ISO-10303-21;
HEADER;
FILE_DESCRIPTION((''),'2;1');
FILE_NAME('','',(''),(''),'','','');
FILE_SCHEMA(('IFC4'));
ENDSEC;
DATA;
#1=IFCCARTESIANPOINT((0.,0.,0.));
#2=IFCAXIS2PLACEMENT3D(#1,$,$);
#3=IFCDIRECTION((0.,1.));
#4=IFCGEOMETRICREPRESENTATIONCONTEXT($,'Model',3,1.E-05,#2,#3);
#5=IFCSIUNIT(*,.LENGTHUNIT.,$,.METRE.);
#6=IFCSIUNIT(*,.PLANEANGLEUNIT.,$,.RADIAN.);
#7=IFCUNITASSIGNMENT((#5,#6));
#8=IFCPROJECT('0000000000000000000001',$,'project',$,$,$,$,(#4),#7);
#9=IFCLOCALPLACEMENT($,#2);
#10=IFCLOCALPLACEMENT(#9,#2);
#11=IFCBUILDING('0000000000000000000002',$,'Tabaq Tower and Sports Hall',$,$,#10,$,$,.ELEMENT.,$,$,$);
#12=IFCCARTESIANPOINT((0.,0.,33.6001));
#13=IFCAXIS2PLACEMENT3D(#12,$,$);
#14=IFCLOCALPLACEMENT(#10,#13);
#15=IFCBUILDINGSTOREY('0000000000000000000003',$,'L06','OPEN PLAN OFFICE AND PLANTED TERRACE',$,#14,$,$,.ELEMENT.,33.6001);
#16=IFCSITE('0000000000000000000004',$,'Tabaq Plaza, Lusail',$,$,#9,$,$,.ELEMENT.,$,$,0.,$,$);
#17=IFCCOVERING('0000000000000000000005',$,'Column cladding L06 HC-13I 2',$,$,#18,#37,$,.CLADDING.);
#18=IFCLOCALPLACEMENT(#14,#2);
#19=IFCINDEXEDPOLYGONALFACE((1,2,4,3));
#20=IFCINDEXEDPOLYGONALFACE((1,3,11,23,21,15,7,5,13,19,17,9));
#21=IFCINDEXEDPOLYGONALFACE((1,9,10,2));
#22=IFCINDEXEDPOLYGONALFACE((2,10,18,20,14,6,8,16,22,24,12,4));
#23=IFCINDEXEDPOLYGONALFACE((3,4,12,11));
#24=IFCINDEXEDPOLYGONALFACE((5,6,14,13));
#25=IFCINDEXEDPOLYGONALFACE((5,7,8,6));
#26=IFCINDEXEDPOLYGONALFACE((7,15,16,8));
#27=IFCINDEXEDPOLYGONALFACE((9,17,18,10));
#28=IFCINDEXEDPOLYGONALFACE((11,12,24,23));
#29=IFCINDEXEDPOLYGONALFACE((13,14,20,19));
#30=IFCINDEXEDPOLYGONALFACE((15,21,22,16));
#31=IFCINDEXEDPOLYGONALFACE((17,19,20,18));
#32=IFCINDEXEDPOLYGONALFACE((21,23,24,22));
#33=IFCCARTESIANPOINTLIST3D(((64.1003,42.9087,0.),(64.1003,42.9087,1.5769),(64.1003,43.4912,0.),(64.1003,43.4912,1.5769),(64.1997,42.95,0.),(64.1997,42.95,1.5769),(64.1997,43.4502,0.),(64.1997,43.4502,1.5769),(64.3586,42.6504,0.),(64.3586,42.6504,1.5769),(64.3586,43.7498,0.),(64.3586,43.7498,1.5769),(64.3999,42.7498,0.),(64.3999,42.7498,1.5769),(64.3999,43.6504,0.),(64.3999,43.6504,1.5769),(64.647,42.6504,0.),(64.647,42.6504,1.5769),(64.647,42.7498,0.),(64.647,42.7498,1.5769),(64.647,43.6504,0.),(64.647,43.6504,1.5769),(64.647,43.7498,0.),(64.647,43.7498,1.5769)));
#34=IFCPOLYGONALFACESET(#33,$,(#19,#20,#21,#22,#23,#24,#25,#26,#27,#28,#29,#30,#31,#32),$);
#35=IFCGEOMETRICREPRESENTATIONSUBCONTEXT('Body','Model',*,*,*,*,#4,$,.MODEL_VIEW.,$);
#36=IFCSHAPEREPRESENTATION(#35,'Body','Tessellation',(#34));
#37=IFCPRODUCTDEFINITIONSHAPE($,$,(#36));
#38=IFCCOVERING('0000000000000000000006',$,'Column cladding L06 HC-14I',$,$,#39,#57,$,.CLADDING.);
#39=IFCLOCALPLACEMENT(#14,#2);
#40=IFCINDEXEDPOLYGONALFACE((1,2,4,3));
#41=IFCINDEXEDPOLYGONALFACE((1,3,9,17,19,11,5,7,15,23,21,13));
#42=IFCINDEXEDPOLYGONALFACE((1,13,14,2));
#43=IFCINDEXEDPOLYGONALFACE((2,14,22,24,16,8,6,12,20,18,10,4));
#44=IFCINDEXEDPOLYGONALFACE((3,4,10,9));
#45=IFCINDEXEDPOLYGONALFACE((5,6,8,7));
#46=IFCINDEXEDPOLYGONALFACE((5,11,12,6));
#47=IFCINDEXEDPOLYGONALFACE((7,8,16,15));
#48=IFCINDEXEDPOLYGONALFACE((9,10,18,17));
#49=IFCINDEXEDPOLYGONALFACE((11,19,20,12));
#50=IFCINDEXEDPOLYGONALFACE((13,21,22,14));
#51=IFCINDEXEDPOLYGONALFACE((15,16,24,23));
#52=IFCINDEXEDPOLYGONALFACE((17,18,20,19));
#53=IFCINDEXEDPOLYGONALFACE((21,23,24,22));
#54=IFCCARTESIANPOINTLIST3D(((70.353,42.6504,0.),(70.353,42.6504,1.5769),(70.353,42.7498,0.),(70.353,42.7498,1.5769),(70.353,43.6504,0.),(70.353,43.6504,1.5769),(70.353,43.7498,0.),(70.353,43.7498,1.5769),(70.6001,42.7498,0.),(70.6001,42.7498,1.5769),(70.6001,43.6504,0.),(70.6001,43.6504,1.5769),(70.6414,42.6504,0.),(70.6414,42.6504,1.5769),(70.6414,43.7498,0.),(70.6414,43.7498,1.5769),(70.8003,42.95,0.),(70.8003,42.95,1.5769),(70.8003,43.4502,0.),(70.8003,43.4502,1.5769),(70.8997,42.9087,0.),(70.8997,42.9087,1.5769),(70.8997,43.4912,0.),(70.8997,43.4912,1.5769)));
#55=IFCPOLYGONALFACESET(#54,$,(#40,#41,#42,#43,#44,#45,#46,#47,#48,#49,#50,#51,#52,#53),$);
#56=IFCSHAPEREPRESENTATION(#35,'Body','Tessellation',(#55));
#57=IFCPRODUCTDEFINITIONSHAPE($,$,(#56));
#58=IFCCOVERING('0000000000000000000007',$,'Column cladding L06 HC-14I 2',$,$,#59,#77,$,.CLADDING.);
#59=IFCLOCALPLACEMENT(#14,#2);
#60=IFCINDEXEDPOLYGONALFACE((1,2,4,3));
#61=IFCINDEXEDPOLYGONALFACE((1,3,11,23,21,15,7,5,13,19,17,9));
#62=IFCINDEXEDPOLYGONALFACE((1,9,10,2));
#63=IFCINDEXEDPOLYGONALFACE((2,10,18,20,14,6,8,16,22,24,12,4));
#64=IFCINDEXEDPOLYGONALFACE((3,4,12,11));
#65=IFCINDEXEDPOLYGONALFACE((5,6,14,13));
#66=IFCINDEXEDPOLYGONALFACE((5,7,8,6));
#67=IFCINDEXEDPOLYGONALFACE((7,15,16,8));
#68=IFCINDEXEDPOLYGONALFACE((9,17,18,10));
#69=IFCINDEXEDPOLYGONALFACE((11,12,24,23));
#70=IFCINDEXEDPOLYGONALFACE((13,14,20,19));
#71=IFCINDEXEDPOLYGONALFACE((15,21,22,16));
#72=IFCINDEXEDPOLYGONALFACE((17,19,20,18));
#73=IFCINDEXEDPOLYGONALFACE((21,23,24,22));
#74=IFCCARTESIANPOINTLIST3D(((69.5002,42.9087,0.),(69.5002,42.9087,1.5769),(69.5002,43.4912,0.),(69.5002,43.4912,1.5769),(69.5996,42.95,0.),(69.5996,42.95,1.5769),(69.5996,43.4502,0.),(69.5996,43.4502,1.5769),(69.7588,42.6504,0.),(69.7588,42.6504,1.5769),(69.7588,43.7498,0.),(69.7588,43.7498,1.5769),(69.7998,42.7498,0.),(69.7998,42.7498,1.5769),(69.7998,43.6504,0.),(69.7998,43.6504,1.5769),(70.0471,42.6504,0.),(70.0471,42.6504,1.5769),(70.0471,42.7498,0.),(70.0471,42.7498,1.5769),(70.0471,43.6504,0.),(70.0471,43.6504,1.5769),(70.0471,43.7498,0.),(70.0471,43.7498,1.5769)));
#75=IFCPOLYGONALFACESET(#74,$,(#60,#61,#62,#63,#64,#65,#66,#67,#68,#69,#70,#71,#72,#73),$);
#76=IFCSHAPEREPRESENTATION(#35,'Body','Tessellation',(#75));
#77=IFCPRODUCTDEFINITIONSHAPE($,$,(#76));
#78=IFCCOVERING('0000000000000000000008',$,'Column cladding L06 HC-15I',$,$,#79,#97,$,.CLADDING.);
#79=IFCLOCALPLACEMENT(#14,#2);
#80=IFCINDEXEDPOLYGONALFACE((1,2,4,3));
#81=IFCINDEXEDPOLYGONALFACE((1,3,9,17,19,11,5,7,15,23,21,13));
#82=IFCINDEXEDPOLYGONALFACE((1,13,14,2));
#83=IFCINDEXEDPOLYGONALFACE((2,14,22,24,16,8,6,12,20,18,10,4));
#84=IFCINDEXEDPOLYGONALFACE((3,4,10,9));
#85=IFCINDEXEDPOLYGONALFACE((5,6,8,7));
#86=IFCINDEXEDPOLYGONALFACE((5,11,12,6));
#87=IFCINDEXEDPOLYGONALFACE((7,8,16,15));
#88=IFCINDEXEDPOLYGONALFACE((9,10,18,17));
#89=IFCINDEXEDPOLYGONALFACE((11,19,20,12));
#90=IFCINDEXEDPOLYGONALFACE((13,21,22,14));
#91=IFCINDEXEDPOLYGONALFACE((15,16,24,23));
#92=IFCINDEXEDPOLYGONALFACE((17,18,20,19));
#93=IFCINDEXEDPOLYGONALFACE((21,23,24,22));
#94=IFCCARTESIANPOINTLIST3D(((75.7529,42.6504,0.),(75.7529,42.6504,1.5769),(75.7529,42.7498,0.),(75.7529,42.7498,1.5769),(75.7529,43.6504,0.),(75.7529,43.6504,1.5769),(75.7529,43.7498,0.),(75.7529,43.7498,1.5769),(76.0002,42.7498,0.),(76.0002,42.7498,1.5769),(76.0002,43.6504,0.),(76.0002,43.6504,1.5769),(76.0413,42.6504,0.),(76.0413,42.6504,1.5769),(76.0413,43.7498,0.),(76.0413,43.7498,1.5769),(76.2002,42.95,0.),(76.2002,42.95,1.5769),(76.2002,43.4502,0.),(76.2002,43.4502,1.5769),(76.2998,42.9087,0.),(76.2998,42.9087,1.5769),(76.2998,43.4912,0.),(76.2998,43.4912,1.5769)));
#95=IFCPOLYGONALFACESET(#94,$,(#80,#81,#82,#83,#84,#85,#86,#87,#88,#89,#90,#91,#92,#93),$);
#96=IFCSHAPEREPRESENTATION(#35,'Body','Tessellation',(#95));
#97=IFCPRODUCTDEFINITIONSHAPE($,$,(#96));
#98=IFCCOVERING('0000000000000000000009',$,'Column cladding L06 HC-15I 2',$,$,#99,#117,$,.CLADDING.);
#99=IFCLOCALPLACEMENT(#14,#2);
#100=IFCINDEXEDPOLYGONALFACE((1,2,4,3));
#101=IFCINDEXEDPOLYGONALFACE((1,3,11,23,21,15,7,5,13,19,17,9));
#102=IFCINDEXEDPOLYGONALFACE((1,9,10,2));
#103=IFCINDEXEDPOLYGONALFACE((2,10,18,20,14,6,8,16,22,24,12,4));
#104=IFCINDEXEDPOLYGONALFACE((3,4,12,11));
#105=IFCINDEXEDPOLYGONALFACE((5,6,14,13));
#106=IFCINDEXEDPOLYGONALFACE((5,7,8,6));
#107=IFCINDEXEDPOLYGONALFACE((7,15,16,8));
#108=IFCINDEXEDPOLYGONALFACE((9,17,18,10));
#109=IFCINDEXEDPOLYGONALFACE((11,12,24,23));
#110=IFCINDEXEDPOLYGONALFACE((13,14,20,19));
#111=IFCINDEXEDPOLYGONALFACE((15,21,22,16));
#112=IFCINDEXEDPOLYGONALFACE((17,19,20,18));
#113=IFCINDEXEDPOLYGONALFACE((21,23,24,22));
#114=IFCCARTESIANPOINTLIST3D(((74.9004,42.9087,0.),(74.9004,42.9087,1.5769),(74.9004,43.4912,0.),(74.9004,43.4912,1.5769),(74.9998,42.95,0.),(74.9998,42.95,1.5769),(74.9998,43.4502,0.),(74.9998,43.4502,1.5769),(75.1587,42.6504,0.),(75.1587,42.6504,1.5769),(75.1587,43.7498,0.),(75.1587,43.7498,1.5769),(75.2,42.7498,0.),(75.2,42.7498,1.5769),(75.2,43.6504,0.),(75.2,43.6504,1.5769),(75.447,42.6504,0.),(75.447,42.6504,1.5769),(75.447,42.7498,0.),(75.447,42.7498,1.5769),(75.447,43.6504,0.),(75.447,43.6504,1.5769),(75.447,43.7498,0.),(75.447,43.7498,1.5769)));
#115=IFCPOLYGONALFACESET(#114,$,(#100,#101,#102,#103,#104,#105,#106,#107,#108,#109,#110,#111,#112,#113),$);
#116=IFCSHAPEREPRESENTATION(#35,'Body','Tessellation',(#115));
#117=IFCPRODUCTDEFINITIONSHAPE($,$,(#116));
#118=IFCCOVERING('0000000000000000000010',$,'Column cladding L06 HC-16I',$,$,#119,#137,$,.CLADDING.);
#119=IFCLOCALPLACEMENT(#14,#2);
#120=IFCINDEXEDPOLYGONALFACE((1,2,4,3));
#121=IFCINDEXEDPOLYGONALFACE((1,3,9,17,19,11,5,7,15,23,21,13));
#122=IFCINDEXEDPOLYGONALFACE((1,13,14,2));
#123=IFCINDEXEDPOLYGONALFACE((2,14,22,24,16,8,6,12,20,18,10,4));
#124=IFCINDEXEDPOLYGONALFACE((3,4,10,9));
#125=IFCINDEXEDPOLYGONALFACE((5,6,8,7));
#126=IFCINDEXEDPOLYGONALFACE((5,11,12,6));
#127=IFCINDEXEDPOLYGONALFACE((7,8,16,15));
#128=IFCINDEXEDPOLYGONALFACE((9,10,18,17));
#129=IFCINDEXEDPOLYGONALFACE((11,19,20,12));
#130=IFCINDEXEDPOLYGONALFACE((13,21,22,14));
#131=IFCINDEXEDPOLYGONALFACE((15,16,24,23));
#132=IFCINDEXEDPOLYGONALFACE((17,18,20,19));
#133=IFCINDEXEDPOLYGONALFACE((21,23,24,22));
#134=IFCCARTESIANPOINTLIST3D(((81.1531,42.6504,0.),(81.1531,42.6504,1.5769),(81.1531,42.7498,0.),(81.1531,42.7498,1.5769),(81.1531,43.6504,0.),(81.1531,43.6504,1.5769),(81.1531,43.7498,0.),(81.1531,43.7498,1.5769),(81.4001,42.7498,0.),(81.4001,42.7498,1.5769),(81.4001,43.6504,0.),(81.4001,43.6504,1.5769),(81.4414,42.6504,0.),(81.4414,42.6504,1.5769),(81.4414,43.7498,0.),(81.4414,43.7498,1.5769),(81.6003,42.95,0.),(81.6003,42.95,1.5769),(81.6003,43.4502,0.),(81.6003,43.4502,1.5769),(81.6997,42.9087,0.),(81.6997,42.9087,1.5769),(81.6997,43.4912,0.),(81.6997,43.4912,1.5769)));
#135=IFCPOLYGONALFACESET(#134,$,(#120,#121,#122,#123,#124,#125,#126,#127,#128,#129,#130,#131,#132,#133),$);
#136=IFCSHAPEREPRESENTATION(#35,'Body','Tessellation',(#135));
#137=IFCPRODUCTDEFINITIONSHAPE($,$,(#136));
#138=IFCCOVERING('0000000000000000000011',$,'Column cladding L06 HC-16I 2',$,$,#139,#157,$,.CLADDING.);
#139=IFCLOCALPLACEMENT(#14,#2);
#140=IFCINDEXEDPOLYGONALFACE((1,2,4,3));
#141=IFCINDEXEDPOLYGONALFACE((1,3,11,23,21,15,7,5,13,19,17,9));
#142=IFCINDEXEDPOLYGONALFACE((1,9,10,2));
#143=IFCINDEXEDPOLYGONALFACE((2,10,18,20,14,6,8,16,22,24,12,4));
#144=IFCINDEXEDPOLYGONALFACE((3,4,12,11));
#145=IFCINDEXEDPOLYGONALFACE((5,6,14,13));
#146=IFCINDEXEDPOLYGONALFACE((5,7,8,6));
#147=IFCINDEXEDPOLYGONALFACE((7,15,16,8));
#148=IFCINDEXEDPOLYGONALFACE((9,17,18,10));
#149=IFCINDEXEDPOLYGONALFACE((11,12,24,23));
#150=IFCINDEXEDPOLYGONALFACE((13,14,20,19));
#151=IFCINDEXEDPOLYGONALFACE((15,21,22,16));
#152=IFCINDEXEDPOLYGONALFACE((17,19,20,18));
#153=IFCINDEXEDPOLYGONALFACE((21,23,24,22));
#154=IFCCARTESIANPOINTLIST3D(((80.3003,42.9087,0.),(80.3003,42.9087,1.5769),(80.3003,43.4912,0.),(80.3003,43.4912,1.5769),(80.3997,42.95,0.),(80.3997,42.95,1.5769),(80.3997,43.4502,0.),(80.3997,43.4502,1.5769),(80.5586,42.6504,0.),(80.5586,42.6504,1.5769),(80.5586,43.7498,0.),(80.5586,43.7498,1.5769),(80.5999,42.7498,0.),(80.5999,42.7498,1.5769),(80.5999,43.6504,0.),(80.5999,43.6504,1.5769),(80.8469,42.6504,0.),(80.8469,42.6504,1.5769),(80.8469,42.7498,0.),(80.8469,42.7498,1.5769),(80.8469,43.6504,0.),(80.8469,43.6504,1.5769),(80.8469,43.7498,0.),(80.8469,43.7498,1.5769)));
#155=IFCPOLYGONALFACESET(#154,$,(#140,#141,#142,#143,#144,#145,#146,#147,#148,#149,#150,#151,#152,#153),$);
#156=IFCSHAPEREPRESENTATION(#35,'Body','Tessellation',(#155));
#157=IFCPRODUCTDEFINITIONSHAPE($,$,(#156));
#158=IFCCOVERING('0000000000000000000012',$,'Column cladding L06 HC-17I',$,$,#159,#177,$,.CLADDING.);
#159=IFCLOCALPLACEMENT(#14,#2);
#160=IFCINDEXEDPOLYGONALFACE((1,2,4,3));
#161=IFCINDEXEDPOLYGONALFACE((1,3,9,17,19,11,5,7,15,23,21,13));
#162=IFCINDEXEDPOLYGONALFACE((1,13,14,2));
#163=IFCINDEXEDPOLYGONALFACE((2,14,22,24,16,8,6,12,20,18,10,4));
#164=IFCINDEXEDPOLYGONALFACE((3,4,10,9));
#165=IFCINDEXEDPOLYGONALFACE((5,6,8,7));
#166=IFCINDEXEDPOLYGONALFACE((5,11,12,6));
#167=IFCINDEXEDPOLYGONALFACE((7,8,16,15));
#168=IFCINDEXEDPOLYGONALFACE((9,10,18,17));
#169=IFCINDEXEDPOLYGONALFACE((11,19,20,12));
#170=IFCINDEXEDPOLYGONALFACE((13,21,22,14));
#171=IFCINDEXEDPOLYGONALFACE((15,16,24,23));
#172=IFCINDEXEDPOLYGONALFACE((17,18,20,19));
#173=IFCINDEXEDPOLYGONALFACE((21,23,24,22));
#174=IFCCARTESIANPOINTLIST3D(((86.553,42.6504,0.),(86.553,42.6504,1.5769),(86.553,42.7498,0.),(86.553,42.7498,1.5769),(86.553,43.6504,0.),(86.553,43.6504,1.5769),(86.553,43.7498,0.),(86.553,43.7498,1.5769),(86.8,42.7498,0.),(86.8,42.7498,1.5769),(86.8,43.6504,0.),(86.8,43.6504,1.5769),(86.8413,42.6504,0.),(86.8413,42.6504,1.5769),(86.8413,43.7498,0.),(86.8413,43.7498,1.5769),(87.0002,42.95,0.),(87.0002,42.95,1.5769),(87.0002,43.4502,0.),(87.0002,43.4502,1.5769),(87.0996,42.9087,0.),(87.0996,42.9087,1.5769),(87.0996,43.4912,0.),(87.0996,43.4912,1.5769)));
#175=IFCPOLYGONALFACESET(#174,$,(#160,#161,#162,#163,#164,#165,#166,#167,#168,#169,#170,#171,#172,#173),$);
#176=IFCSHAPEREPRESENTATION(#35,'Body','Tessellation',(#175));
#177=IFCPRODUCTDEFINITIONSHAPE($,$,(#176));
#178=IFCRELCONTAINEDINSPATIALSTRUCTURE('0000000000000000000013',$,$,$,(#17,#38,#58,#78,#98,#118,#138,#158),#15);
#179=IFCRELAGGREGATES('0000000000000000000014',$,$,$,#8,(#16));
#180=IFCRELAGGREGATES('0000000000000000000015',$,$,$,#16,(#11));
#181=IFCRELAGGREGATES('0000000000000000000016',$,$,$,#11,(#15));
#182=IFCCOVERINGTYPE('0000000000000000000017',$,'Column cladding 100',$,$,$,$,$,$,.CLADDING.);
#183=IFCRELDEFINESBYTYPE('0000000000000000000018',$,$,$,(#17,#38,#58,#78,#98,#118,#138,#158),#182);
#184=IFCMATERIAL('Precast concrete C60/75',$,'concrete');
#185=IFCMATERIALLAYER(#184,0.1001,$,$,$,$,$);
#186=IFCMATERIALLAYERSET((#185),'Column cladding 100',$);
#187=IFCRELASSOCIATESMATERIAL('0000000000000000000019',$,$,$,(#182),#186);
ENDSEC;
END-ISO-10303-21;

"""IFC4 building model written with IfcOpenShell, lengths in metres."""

from ifc_helpers import new_model, si_unit, direction, frame, origin, place, context, subcontext, project, spatial, polyline, outline, extrude, material, layer, layer_set, type_object, element, save


model = new_model("IFC4")

# Units and contexts
model_context = context("Model", 3, precision=1e-05, world=origin(), true_north=direction((0.0, 1.0)))
body_context = subcontext(model_context, "Body", "Model", "MODEL_VIEW")
ifc_project = project(units=[si_unit("LENGTHUNIT", "METRE"), si_unit("PLANEANGLEUNIT", "RADIAN")], contexts=[model_context])

# Site, building, storey
site_placement = place(None, origin())
site = spatial("IfcSite", under=ifc_project, at=site_placement, Name="Tabaq Plaza, Lusail", CompositionType="ELEMENT", RefElevation=0.0)
building_placement = place(site_placement, origin())
building = spatial("IfcBuilding", under=site, at=building_placement, Name="Tabaq Tower and Sports Hall", CompositionType="ELEMENT")
storey_placement = place(building_placement, frame((0.0, 0.0, 33.6001)))
storey = spatial("IfcBuildingStorey", under=building, at=storey_placement, Name="L06", Description="OPEN PLAN OFFICE AND PLANTED TERRACE", CompositionType="ELEMENT", Elevation=33.6001)

# Coverings
ifc_material_1 = material(Name="Precast concrete C60/75", Category="concrete")
ifc_layer_1 = layer(ifc_material_1, 0.1001)
ifc_layer_set_1 = layer_set([ifc_layer_1], Name="Column cladding 100")
covering_type = type_object("IfcCoveringType", Name="Column cladding 100", PredefinedType="CLADDING", material=ifc_layer_set_1)
covering_1_placement = place(storey_placement, origin())
element("IfcCovering", 1, at=covering_1_placement, inside=storey, type_object=covering_type, Name="Column cladding L06 HC-13I 2", PredefinedType="CLADDING", context=body_context, shape_type="SweptSolid", body=[
    extrude(outline(polyline([(64.1003, 43.4912), (64.3586, 43.7498), (64.647, 43.7498), (64.647, 43.6504), (64.3999, 43.6504), (64.1997, 43.4502), (64.1997, 42.95), (64.3999, 42.7498), (64.647, 42.7498), (64.647, 42.6504), (64.3586, 42.6504), (64.1003, 42.9087), (64.1003, 43.4912)])), origin(), (0.0, 0.0, 1.0), 1.5769),
])
covering_2_placement = place(storey_placement, origin())
element("IfcCovering", 2, at=covering_2_placement, inside=storey, type_object=covering_type, Name="Column cladding L06 HC-14I", PredefinedType="CLADDING", context=body_context, shape_type="SweptSolid", body=[
    extrude(outline(polyline([(70.6414, 43.7498), (70.8997, 43.4912), (70.8997, 42.9087), (70.6414, 42.6504), (70.353, 42.6504), (70.353, 42.7498), (70.6001, 42.7498), (70.8003, 42.95), (70.8003, 43.4502), (70.6001, 43.6504), (70.353, 43.6504), (70.353, 43.7498), (70.6414, 43.7498)])), origin(), (0.0, 0.0, 1.0), 1.5769),
])
covering_3_placement = place(storey_placement, origin())
element("IfcCovering", 3, at=covering_3_placement, inside=storey, type_object=covering_type, Name="Column cladding L06 HC-14I 2", PredefinedType="CLADDING", context=body_context, shape_type="SweptSolid", body=[
    extrude(outline(polyline([(69.5002, 43.4912), (69.7588, 43.7498), (70.0471, 43.7498), (70.0471, 43.6504), (69.7998, 43.6504), (69.5996, 43.4502), (69.5996, 42.95), (69.7998, 42.7498), (70.0471, 42.7498), (70.0471, 42.6504), (69.7588, 42.6504), (69.5002, 42.9087), (69.5002, 43.4912)])), origin(), (0.0, 0.0, 1.0), 1.5769),
])
covering_4_placement = place(storey_placement, origin())
element("IfcCovering", 4, at=covering_4_placement, inside=storey, type_object=covering_type, Name="Column cladding L06 HC-15I", PredefinedType="CLADDING", context=body_context, shape_type="SweptSolid", body=[
    extrude(outline(polyline([(76.0413, 43.7498), (76.2998, 43.4912), (76.2998, 42.9087), (76.0413, 42.6504), (75.7529, 42.6504), (75.7529, 42.7498), (76.0002, 42.7498), (76.2002, 42.95), (76.2002, 43.4502), (76.0002, 43.6504), (75.7529, 43.6504), (75.7529, 43.7498), (76.0413, 43.7498)])), origin(), (0.0, 0.0, 1.0), 1.5769),
])
covering_5_placement = place(storey_placement, origin())
element("IfcCovering", 5, at=covering_5_placement, inside=storey, type_object=covering_type, Name="Column cladding L06 HC-15I 2", PredefinedType="CLADDING", context=body_context, shape_type="SweptSolid", body=[
    extrude(outline(polyline([(74.9004, 43.4912), (75.1587, 43.7498), (75.447, 43.7498), (75.447, 43.6504), (75.2, 43.6504), (74.9998, 43.4502), (74.9998, 42.95), (75.2, 42.7498), (75.447, 42.7498), (75.447, 42.6504), (75.1587, 42.6504), (74.9004, 42.9087), (74.9004, 43.4912)])), origin(), (0.0, 0.0, 1.0), 1.5769),
])
covering_6_placement = place(storey_placement, origin())
element("IfcCovering", 6, at=covering_6_placement, inside=storey, type_object=covering_type, Name="Column cladding L06 HC-16I", PredefinedType="CLADDING", context=body_context, shape_type="SweptSolid", body=[
    extrude(outline(polyline([(81.4414, 43.7498), (81.6997, 43.4912), (81.6997, 42.9087), (81.4414, 42.6504), (81.1531, 42.6504), (81.1531, 42.7498), (81.4001, 42.7498), (81.6003, 42.95), (81.6003, 43.4502), (81.4001, 43.6504), (81.1531, 43.6504), (81.1531, 43.7498), (81.4414, 43.7498)])), origin(), (0.0, 0.0, 1.0), 1.5769),
])
covering_7_placement = place(storey_placement, origin())
element("IfcCovering", 7, at=covering_7_placement, inside=storey, type_object=covering_type, Name="Column cladding L06 HC-16I 2", PredefinedType="CLADDING", context=body_context, shape_type="SweptSolid", body=[
    extrude(outline(polyline([(80.3003, 43.4912), (80.5586, 43.7498), (80.8469, 43.7498), (80.8469, 43.6504), (80.5999, 43.6504), (80.3997, 43.4502), (80.3997, 42.95), (80.5999, 42.7498), (80.8469, 42.7498), (80.8469, 42.6504), (80.5586, 42.6504), (80.3003, 42.9087), (80.3003, 43.4912)])), origin(), (0.0, 0.0, 1.0), 1.5769),
])
covering_8_placement = place(storey_placement, origin())
element("IfcCovering", 8, at=covering_8_placement, inside=storey, type_object=covering_type, Name="Column cladding L06 HC-17I", PredefinedType="CLADDING", context=body_context, shape_type="SweptSolid", body=[
    extrude(outline(polyline([(86.8413, 43.7498), (87.0996, 43.4912), (87.0996, 42.9087), (86.8413, 42.6504), (86.553, 42.6504), (86.553, 42.7498), (86.8, 42.7498), (87.0002, 42.95), (87.0002, 43.4502), (86.8, 43.6504), (86.553, 43.6504), (86.553, 43.7498), (86.8413, 43.7498)])), origin(), (0.0, 0.0, 1.0), 1.5769),
])

save(model, "model.ifc")
